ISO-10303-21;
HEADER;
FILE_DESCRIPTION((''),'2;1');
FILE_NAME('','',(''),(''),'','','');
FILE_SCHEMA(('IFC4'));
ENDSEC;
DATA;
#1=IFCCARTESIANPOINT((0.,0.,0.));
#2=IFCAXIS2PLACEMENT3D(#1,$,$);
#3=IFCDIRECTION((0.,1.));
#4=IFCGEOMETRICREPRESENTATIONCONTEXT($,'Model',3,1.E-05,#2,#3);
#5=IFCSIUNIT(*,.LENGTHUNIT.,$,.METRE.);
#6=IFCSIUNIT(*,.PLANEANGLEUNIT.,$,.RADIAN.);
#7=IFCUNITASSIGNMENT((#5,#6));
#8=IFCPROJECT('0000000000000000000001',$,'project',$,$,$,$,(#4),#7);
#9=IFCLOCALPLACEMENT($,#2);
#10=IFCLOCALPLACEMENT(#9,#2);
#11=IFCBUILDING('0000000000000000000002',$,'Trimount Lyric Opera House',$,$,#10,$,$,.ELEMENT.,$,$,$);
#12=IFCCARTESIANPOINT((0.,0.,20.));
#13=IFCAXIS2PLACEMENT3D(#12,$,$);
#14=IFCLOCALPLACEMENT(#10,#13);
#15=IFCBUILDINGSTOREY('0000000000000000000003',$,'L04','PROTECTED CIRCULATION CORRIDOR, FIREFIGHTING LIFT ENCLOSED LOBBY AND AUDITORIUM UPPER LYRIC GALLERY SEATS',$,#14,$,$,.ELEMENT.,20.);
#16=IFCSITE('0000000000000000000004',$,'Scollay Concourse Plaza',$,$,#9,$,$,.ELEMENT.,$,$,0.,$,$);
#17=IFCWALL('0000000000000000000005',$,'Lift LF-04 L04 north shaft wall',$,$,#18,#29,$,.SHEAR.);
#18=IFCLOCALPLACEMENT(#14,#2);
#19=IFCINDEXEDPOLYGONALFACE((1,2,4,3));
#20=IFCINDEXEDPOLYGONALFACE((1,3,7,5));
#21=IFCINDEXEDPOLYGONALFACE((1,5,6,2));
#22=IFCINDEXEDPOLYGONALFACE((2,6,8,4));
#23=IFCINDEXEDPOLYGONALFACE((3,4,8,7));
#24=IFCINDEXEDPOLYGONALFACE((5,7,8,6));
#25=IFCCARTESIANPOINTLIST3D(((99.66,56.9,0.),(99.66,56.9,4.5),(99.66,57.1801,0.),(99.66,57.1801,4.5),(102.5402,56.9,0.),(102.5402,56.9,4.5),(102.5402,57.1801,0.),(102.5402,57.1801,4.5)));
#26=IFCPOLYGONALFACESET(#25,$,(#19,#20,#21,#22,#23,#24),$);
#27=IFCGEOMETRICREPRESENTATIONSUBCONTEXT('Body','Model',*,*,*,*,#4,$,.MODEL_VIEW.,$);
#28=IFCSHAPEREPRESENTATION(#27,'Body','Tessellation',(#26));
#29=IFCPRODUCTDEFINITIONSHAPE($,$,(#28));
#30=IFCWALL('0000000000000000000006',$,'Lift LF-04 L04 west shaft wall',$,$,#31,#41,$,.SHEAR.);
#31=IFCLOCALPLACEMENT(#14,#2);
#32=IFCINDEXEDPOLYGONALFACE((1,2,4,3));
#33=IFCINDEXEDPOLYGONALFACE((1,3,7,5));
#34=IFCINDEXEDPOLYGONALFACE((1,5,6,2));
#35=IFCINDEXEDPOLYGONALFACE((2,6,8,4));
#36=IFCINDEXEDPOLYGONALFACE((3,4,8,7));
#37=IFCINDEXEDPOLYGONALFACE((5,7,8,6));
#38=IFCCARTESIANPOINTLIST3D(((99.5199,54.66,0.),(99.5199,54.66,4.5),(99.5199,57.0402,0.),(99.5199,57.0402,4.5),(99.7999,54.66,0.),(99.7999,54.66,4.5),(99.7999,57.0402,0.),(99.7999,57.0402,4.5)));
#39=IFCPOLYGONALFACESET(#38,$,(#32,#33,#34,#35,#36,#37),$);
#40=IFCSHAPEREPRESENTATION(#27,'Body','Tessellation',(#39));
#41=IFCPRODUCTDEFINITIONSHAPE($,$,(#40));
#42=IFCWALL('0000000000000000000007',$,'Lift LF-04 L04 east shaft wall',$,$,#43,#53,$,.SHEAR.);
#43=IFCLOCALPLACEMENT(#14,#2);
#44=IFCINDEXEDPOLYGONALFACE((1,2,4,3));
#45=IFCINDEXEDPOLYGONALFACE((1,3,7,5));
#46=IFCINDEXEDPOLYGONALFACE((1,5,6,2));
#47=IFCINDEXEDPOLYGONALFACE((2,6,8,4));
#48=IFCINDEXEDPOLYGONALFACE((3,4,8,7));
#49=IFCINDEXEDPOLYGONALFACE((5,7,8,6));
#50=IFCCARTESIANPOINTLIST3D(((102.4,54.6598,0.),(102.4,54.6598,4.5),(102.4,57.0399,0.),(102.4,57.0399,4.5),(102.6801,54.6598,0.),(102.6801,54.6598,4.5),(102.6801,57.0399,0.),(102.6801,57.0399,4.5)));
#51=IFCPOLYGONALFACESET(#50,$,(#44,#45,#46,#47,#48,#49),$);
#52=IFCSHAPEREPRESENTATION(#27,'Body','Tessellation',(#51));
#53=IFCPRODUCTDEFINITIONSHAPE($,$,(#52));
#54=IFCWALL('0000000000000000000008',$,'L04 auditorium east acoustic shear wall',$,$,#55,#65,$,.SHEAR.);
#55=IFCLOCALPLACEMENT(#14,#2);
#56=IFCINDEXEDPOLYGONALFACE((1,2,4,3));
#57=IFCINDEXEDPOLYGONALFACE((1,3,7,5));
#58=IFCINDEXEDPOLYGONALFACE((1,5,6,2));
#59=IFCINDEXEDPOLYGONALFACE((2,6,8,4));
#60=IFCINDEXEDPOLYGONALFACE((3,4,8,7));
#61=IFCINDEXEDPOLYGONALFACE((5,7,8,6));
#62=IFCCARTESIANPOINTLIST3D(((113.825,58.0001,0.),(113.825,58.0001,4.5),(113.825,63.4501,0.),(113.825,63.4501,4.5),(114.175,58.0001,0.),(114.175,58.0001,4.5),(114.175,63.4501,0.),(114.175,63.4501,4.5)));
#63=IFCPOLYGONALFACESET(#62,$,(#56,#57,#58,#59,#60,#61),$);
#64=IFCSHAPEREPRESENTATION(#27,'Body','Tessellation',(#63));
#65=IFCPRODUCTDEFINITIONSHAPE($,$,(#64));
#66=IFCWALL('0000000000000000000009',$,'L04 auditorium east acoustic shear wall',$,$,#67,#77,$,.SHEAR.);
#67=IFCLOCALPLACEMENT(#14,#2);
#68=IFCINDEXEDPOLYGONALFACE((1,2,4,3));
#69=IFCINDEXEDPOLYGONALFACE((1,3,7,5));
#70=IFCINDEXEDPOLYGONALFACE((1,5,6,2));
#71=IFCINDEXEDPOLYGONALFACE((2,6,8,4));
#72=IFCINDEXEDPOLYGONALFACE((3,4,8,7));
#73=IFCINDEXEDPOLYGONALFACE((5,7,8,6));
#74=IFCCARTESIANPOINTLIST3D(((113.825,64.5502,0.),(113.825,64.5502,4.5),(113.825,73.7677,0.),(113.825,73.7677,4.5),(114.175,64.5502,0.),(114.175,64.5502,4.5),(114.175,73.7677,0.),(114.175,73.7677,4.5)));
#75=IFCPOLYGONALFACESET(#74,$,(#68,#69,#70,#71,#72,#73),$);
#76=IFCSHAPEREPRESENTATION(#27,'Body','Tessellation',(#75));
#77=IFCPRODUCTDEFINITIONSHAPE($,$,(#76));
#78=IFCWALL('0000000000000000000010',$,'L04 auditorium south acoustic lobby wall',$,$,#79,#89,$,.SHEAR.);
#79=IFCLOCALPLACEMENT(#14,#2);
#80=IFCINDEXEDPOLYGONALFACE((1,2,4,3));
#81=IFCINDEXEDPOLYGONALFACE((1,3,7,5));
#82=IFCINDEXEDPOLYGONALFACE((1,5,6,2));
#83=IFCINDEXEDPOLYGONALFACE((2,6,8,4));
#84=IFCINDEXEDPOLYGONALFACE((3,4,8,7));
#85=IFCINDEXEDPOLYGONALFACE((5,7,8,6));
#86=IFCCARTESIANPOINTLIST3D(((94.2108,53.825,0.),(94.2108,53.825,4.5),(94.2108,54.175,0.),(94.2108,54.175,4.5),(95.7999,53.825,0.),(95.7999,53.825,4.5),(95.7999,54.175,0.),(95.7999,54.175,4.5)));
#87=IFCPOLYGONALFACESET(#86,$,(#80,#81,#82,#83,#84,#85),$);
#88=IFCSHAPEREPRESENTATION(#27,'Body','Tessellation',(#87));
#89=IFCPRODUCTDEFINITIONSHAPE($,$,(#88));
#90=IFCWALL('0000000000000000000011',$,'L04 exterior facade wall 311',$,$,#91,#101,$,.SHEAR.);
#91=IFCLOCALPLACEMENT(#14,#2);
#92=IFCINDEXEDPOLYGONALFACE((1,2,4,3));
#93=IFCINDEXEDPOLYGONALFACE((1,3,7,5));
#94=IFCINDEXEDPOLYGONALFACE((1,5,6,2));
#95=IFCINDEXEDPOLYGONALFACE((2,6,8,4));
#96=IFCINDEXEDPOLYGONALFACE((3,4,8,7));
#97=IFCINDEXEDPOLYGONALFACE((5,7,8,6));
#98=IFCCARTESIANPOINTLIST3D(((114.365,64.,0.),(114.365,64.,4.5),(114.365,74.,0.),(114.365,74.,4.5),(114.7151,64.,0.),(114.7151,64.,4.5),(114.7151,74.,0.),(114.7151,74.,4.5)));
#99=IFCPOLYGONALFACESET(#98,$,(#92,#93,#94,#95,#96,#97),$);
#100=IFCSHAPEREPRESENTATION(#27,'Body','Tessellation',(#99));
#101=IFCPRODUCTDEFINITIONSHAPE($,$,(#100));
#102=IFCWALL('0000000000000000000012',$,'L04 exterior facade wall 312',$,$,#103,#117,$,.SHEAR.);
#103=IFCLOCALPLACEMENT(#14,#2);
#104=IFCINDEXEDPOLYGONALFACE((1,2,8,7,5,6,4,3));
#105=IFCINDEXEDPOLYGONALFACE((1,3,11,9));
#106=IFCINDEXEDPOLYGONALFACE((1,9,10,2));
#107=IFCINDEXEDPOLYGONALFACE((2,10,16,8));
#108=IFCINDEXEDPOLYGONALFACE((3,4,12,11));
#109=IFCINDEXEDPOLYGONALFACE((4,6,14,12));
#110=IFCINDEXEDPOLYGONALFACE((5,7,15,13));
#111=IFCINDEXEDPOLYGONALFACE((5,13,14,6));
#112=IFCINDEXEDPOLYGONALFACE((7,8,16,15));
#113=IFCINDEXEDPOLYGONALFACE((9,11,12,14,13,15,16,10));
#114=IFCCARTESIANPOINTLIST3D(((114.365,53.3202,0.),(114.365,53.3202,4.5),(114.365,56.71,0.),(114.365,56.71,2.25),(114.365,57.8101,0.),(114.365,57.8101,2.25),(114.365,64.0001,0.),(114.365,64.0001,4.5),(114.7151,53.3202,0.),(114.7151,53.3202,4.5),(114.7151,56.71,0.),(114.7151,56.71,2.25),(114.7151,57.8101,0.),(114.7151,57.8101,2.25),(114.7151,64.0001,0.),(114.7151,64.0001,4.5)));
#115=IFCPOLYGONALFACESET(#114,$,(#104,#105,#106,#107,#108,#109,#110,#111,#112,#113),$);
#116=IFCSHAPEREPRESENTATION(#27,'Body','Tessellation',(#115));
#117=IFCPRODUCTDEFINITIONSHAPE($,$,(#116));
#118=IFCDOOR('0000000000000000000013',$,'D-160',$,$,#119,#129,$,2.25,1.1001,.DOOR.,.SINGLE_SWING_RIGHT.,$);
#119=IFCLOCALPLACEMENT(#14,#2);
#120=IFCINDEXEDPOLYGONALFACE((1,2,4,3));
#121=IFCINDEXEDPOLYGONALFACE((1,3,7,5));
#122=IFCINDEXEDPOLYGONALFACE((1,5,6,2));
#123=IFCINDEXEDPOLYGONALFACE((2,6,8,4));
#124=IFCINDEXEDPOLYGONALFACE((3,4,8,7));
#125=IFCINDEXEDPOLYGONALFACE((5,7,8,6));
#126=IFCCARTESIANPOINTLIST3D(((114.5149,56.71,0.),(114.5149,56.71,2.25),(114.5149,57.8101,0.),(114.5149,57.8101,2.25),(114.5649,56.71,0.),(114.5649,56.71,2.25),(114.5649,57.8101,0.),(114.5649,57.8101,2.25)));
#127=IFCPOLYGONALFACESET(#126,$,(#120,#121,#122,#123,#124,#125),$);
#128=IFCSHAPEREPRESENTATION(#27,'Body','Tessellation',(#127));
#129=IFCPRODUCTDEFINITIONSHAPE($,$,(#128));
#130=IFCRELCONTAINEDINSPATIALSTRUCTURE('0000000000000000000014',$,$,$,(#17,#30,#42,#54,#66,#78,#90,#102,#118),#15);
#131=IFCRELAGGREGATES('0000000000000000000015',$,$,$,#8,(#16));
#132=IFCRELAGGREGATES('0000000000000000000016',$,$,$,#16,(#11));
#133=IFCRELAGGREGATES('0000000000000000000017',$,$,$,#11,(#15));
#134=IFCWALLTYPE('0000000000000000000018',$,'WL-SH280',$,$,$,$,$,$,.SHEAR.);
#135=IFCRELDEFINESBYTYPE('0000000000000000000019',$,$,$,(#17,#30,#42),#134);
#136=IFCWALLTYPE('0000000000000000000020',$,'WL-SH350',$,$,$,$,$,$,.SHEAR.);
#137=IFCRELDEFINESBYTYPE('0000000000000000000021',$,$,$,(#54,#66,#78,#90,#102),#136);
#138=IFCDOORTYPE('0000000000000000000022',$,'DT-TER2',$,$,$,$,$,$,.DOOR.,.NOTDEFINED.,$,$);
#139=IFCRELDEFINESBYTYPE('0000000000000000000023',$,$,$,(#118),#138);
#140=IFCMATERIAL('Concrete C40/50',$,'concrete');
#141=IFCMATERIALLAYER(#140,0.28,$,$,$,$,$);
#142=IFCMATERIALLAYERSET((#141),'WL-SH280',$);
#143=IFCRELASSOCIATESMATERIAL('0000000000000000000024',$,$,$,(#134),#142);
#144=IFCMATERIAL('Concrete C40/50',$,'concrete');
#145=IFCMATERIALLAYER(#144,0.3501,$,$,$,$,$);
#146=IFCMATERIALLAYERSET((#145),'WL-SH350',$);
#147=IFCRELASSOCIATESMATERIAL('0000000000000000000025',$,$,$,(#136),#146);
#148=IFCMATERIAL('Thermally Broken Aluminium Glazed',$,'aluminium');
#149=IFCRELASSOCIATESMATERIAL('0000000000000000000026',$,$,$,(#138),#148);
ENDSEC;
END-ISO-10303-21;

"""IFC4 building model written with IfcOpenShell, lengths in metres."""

from ifc_helpers import new_model, si_unit, direction, frame, frame_2d, origin, place, context, subcontext, project, spatial, rectangle, extrude, material, layer, layer_set, type_object, element, fill, save


model = new_model("IFC4")

# Units and contexts
model_context = context("Model", 3, precision=1e-05, world=origin(), true_north=direction((0.0, 1.0)))
body_context = subcontext(model_context, "Body", "Model", "MODEL_VIEW")
ifc_project = project(units=[si_unit("LENGTHUNIT", "METRE"), si_unit("PLANEANGLEUNIT", "RADIAN")], contexts=[model_context])

# Site, building, storey
site_placement = place(None, origin())
site = spatial("IfcSite", under=ifc_project, at=site_placement, Name="Scollay Concourse Plaza", CompositionType="ELEMENT", RefElevation=0.0)
building_placement = place(site_placement, origin())
building = spatial("IfcBuilding", under=site, at=building_placement, Name="Trimount Lyric Opera House", CompositionType="ELEMENT")
storey_placement = place(building_placement, frame((0.0, 0.0, 20.0)))
storey = spatial("IfcBuildingStorey", under=building, at=storey_placement, Name="L04", Description="PROTECTED CIRCULATION CORRIDOR, FIREFIGHTING LIFT ENCLOSED LOBBY AND AUDITORIUM UPPER LYRIC GALLERY SEATS", CompositionType="ELEMENT", Elevation=20.0)

# Shared definitions
ifc_material_1 = material(Name="Concrete C40/50", Category="concrete")
ifc_layer_1 = layer(ifc_material_1, 0.28)
ifc_layer_set_1 = layer_set([ifc_layer_1], Name="WL-SH280")
wall_type_1 = type_object("IfcWallType", Name="WL-SH280", PredefinedType="SHEAR", material=ifc_layer_set_1)

# Walls
wall_1_placement = place(storey_placement, frame((102.54, 57.04, 0.0), z_axis=(0.0, 0.0, 1.0), x_axis=(-1.0, 0.0, 0.0)))
element("IfcWall", 1, at=wall_1_placement, inside=storey, type_object=wall_type_1, Name="Lift LF-04 L04 north shaft wall", PredefinedType="SHEAR", context=body_context, shape_type="SweptSolid", body=[
    extrude(rectangle(XDim=2.8801, YDim=0.28, at=frame_2d((1.4399, 0.0))), origin(), (0.0, 0.0, 1.0), 4.5),
])
for number, where, z_axis, x_axis, name in (
    (2, (99.6599, 57.04, 0.0), (0.0, 0.0, 1.0), (0.0, -1.0, 0.0), "Lift LF-04 L04 west shaft wall"),
    (3, (102.54, 54.6599, 0.0), (0.0, 0.0, 1.0), (0.0, 1.0, 0.0), "Lift LF-04 L04 east shaft wall"),
):
    element("IfcWall", number, at=place(storey_placement, frame(where, z_axis=z_axis, x_axis=x_axis)), inside=storey, type_object=wall_type_1, Name=name, PredefinedType="SHEAR", context=body_context, shape_type="SweptSolid", body=[
        extrude(rectangle(XDim=2.3801, YDim=0.28, at=frame_2d((1.1899, 0.0))), origin(), (0.0, 0.0, 1.0), 4.5),
    ])
ifc_material_2 = material(Name="Concrete C40/50", Category="concrete")
ifc_layer_2 = layer(ifc_material_2, 0.3501)
ifc_layer_set_2 = layer_set([ifc_layer_2], Name="WL-SH350")
wall_type_2 = type_object("IfcWallType", Name="WL-SH350", PredefinedType="SHEAR", material=ifc_layer_set_2)
wall_2_placement = place(storey_placement, frame((114.0, 58.0, 0.0), z_axis=(0.0, 0.0, 1.0), x_axis=(0.0, 1.0, 0.0)))
element("IfcWall", 4, at=wall_2_placement, inside=storey, type_object=wall_type_2, Name="L04 auditorium east acoustic shear wall", PredefinedType="SHEAR", context=body_context, shape_type="SweptSolid", body=[
    extrude(rectangle(XDim=5.45, YDim=0.3501, at=frame_2d((2.7251, 0.0))), origin(), (0.0, 0.0, 1.0), 4.5),
])
wall_3_placement = place(storey_placement, frame((114.0, 64.55, 0.0), z_axis=(0.0, 0.0, 1.0), x_axis=(0.0, 1.0, 0.0)))
element("IfcWall", 5, at=wall_3_placement, inside=storey, type_object=wall_type_2, Name="L04 auditorium east acoustic shear wall", PredefinedType="SHEAR", context=body_context, shape_type="SweptSolid", body=[
    extrude(rectangle(XDim=9.2175, YDim=0.3501, at=frame_2d((4.6089, 0.0))), origin(), (0.0, 0.0, 1.0), 4.5),
])
wall_4_placement = place(storey_placement, frame((94.2109, 54.0, 0.0), z_axis=(0.0, 0.0, 1.0), x_axis=(1.0, 0.0, 0.0)))
element("IfcWall", 6, at=wall_4_placement, inside=storey, type_object=wall_type_2, Name="L04 auditorium south acoustic lobby wall", PredefinedType="SHEAR", context=body_context, shape_type="SweptSolid", body=[
    extrude(rectangle(XDim=1.5891, YDim=0.3501, at=frame_2d((0.7944, 0.0))), origin(), (0.0, 0.0, 1.0), 4.5),
])
wall_5_placement = place(storey_placement, frame((114.54, 74.0, 0.0), z_axis=(0.0, 0.0, 1.0), x_axis=(0.0, -1.0, 0.0)))
element("IfcWall", 7, at=wall_5_placement, inside=storey, type_object=wall_type_2, Name="L04 exterior facade wall 311", PredefinedType="SHEAR", context=body_context, shape_type="SweptSolid", body=[
    extrude(rectangle(XDim=10.0, YDim=0.3501, at=frame_2d((5.0, 0.0))), origin(), (0.0, 0.0, 1.0), 4.5),
])

# Wall, opening, door
wall_6_placement = place(storey_placement, frame((114.54, 64.0, 0.0), z_axis=(0.0, 0.0, 1.0), x_axis=(0.0, -1.0, 0.0)))
wall_6 = element("IfcWall", 8, at=wall_6_placement, inside=storey, type_object=wall_type_2, Name="L04 exterior facade wall 312", PredefinedType="SHEAR", context=body_context, shape_type="SweptSolid", body=[
    extrude(rectangle(XDim=10.6799, YDim=0.3501, at=frame_2d((5.3398, 0.0))), origin(), (0.0, 0.0, 1.0), 4.5),
])
opening_1_placement = place(wall_6_placement, frame((6.1899, 0.0, 0.0)))
opening_1 = element("IfcOpeningElement", 9, at=opening_1_placement, cuts=wall_6, PredefinedType="OPENING", context=body_context, shape_type="SweptSolid", body=[
    extrude(rectangle(XDim=1.1001, YDim=2.25, at=frame_2d((0.55, 1.125))), frame((0.0, 0.1851, 0.0), z_axis=(0.0, -1.0, 0.0), x_axis=(1.0, 0.0, 0.0)), (0.0, 0.0, 1.0), 0.3701),
])
ifc_material_3 = material(Name="Thermally Broken Aluminium Glazed", Category="aluminium")
door_type_1 = type_object("IfcDoorType", Name="DT-TER2", OperationType="NOTDEFINED", PredefinedType="DOOR", material=ifc_material_3)
door_1_placement = place(opening_1_placement, origin())
door_1 = element("IfcDoor", 10, at=door_1_placement, inside=storey, type_object=door_type_1, Name="D-160", OperationType="SINGLE_SWING_RIGHT", OverallHeight=2.25, OverallWidth=1.1001, PredefinedType="DOOR", context=body_context, shape_type="SweptSolid", body=[
    extrude(rectangle(XDim=1.1001, YDim=2.25, at=frame_2d((0.55, 1.125))), frame((0.0, 0.0249, 0.0), z_axis=(0.0, -1.0, 0.0), x_axis=(1.0, 0.0, 0.0)), (0.0, 0.0, 1.0), 0.05),
])
fill(opening_1, door_1)

save(model, "model.ifc")
